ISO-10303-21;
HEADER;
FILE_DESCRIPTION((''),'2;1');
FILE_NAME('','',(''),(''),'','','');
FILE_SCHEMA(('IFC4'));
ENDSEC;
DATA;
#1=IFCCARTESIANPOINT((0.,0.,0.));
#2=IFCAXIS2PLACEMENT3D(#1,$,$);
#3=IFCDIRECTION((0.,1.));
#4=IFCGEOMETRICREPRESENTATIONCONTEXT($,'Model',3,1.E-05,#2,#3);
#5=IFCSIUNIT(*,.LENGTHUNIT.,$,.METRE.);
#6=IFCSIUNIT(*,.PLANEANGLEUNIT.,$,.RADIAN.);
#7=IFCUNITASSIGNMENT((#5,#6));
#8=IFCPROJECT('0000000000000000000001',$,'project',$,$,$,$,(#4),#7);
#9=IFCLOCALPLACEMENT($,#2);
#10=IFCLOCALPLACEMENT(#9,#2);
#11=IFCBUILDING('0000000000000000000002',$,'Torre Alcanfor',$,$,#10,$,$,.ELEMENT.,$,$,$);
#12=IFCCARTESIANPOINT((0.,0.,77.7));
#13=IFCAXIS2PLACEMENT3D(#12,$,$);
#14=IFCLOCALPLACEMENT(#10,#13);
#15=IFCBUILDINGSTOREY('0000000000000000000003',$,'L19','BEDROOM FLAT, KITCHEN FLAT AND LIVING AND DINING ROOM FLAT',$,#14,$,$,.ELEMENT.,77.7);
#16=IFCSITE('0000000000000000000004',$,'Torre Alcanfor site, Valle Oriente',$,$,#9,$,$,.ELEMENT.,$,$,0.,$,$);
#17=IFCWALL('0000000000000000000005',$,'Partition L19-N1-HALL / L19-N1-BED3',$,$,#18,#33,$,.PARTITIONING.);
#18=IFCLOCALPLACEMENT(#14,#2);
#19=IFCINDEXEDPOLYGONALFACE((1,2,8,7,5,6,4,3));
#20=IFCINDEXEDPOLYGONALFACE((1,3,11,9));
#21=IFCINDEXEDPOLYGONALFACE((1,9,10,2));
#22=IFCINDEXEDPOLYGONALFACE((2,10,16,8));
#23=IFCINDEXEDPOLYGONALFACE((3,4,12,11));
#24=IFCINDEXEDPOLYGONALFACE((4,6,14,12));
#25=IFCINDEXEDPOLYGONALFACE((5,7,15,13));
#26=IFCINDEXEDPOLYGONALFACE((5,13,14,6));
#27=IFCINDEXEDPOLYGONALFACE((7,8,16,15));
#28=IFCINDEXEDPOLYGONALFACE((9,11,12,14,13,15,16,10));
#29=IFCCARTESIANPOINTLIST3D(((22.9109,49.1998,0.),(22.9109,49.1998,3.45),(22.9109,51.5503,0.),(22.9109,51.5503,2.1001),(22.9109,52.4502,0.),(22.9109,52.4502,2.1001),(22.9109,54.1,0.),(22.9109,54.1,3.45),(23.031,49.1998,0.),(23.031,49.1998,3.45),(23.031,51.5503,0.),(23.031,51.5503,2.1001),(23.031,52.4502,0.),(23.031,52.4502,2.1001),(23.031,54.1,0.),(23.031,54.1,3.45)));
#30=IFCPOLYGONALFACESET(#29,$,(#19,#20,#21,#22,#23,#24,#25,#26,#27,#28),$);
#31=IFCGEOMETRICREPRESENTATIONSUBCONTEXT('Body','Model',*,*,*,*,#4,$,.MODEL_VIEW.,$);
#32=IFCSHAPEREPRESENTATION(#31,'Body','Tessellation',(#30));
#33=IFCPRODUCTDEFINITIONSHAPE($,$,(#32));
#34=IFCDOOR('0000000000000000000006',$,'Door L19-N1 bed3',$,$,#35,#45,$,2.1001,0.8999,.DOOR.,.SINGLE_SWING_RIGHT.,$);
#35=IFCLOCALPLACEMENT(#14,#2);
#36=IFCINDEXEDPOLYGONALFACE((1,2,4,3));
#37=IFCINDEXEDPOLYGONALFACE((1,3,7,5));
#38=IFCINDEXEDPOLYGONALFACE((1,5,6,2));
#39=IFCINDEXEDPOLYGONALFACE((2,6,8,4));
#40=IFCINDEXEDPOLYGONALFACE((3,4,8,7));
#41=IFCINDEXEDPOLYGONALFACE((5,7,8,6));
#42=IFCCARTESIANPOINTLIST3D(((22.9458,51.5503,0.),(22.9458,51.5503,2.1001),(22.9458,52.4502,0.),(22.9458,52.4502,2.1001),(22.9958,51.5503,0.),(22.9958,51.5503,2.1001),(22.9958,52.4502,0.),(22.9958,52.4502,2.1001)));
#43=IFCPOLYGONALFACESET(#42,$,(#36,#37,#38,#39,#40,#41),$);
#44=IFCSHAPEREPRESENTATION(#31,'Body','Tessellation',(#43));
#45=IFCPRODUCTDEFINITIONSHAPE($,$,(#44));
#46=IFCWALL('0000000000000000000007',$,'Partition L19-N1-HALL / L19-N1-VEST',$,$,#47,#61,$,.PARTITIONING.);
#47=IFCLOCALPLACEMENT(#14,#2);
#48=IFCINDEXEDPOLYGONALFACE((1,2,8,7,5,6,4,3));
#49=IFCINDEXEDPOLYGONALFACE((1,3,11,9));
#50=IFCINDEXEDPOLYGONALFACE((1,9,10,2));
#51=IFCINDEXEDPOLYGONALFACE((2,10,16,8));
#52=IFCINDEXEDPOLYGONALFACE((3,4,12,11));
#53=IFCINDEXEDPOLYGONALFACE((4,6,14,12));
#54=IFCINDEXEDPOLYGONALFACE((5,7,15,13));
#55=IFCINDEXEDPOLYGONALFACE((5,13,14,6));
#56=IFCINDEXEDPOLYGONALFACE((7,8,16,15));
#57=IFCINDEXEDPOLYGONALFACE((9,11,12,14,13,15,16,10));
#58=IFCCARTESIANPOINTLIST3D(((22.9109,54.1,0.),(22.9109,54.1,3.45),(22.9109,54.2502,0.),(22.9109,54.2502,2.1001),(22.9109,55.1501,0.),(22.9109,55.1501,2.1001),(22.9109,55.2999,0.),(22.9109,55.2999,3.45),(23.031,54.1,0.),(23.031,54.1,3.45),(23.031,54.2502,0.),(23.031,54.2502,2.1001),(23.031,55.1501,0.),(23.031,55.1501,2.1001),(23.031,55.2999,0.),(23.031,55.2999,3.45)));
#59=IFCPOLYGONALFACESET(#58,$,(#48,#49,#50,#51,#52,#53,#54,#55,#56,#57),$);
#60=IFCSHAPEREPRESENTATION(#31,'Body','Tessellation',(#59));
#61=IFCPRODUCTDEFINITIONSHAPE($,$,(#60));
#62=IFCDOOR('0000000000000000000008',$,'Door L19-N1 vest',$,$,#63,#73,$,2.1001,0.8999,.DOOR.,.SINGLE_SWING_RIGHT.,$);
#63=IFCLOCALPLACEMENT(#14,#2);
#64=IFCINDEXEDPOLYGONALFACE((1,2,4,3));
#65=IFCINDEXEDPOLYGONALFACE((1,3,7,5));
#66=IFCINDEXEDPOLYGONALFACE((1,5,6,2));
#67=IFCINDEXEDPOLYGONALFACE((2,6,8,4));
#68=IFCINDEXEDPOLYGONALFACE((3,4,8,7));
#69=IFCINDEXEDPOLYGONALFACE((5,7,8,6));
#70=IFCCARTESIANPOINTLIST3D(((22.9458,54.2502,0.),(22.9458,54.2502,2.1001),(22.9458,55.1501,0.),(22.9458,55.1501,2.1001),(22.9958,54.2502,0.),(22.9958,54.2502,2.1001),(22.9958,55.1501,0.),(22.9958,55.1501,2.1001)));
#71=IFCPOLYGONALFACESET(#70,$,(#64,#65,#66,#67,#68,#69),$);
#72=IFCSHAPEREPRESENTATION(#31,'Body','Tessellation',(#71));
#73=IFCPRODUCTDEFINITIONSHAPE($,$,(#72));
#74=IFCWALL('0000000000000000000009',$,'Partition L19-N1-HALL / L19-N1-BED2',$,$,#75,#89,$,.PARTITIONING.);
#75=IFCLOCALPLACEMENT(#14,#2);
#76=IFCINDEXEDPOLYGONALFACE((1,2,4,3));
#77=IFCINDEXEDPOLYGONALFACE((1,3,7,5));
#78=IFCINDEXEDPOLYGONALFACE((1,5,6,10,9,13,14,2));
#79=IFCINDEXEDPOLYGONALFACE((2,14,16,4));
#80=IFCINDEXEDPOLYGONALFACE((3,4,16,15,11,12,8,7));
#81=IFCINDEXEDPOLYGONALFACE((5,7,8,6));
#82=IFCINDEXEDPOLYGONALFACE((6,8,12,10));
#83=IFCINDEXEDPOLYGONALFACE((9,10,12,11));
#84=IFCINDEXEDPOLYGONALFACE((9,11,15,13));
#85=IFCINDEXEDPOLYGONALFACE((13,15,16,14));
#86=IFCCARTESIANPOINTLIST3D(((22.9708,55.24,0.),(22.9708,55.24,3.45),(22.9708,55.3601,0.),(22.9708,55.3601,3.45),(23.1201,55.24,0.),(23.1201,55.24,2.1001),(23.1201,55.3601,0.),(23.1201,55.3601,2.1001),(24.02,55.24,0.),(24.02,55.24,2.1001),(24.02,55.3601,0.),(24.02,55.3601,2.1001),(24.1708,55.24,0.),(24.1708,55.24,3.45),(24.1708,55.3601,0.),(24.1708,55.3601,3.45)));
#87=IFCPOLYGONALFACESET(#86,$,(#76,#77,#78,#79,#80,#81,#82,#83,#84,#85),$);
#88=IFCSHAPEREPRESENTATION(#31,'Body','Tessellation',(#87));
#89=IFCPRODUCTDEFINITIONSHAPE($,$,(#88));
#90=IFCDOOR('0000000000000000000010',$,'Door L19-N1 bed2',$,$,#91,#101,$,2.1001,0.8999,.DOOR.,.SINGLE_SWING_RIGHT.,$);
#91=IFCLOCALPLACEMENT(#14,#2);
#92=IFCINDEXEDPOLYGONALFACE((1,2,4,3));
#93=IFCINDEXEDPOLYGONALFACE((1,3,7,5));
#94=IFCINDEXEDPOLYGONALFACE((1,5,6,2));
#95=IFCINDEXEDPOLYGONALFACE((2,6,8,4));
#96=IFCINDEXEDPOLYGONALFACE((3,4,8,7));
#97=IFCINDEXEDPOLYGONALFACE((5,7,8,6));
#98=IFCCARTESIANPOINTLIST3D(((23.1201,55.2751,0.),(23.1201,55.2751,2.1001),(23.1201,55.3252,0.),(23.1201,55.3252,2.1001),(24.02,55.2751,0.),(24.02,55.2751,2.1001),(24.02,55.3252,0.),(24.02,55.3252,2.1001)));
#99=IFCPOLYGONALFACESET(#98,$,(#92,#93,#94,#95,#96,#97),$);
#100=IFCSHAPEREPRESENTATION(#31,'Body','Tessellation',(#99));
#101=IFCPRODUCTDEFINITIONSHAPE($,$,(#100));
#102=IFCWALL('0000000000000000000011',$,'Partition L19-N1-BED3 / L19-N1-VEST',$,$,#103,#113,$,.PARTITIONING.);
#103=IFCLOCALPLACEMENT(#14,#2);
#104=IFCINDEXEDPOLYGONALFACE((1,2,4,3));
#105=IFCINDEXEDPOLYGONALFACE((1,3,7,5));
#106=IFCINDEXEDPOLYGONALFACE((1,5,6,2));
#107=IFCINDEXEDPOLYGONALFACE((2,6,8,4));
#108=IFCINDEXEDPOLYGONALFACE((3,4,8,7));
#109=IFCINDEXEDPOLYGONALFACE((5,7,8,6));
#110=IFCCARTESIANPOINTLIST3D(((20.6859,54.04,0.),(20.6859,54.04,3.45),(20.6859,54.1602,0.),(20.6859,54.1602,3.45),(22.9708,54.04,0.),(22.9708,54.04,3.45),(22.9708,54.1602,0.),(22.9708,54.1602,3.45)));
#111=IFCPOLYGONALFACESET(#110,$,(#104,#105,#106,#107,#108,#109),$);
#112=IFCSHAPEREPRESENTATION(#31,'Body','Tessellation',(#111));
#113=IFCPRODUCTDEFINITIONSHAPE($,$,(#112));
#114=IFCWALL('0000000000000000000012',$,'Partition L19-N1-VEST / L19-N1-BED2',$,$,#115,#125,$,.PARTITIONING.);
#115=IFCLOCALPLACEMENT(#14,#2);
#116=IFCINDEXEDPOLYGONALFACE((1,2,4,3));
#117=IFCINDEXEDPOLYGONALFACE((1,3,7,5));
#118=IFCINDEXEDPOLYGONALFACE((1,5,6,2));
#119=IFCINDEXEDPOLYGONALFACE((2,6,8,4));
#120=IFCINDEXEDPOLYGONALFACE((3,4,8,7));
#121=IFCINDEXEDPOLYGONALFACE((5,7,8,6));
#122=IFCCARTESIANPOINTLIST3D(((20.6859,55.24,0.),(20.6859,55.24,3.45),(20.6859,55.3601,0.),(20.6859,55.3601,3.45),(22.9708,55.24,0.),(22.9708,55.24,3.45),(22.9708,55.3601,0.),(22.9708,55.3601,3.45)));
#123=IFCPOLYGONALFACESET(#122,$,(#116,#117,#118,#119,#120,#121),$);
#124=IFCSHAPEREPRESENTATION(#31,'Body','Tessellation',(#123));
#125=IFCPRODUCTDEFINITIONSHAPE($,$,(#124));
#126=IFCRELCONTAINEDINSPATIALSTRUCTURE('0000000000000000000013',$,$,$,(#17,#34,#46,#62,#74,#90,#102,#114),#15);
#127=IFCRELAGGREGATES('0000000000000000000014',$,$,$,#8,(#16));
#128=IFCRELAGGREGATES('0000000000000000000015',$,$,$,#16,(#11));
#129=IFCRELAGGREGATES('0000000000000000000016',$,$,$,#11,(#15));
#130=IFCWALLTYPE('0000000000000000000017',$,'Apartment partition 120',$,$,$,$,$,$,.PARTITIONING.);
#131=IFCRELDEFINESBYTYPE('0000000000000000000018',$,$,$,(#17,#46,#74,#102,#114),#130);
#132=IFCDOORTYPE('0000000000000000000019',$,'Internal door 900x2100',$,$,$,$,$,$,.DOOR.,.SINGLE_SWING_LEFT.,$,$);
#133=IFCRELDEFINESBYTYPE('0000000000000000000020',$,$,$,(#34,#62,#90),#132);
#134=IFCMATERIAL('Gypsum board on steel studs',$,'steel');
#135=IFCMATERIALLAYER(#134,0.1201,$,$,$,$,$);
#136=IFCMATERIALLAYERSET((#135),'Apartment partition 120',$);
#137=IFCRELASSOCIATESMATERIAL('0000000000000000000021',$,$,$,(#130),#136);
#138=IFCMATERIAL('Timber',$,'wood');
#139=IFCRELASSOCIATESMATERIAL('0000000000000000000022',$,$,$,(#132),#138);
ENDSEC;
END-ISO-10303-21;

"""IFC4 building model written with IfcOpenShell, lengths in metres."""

from ifc_helpers import new_model, si_unit, direction, frame, frame_2d, origin, place, context, subcontext, project, spatial, rectangle, extrude, material, layer, layer_set, type_object, element, fill, save


model = new_model("IFC4")

# Units and contexts
model_context = context("Model", 3, precision=1e-05, world=origin(), true_north=direction((0.0, 1.0)))
body_context = subcontext(model_context, "Body", "Model", "MODEL_VIEW")
ifc_project = project(units=[si_unit("LENGTHUNIT", "METRE"), si_unit("PLANEANGLEUNIT", "RADIAN")], contexts=[model_context])

# Site, building, storey
site_placement = place(None, origin())
site = spatial("IfcSite", under=ifc_project, at=site_placement, Name="Torre Alcanfor site, Valle Oriente", CompositionType="ELEMENT", RefElevation=0.0)
building_placement = place(site_placement, origin())
building = spatial("IfcBuilding", under=site, at=building_placement, Name="Torre Alcanfor", CompositionType="ELEMENT")
storey_placement = place(building_placement, frame((0.0, 0.0, 77.7)))
storey = spatial("IfcBuildingStorey", under=building, at=storey_placement, Name="L19", Description="BEDROOM FLAT, KITCHEN FLAT AND LIVING AND DINING ROOM FLAT", CompositionType="ELEMENT", Elevation=77.7)

# Shared definitions
ifc_material_1 = material(Name="Gypsum board on steel studs", Category="steel")
ifc_layer_1 = layer(ifc_material_1, 0.1201)
ifc_layer_set_1 = layer_set([ifc_layer_1], Name="Apartment partition 120")
wall_type = type_object("IfcWallType", Name="Apartment partition 120", PredefinedType="PARTITIONING", material=ifc_layer_set_1)
ifc_material_2 = material(Name="Timber", Category="wood")
door_type = type_object("IfcDoorType", Name="Internal door 900x2100", OperationType="SINGLE_SWING_LEFT", PredefinedType="DOOR", material=ifc_material_2)

# Walls, openings, doors
wall_1_placement = place(storey_placement, frame((22.9709, 54.1001, 0.0), z_axis=(0.0, 0.0, 1.0), x_axis=(0.0, -1.0, 0.0)))
wall_1 = element("IfcWall", 1, at=wall_1_placement, inside=storey, type_object=wall_type, Name="Partition L19-N1-HALL / L19-N1-BED3", PredefinedType="PARTITIONING", context=body_context, shape_type="SweptSolid", body=[
    extrude(rectangle(XDim=4.9001, YDim=0.1201, at=frame_2d((2.4502, 0.0))), origin(), (0.0, 0.0, 1.0), 3.45),
])
opening_1_placement = place(wall_1_placement, frame((1.6499, 0.0, 0.0)))
opening_1 = element("IfcOpeningElement", 2, at=opening_1_placement, cuts=wall_1, PredefinedType="OPENING", context=body_context, shape_type="SweptSolid", body=[
    extrude(rectangle(XDim=0.8999, YDim=2.1001, at=frame_2d((0.45, 1.05))), frame((0.0, 0.0701, 0.0), z_axis=(0.0, -1.0, 0.0), x_axis=(1.0, 0.0, 0.0)), (0.0, 0.0, 1.0), 0.1401),
])
door_1_placement = place(opening_1_placement, frame((0.8999, 0.0, 0.0), z_axis=(0.0, 0.0, 1.0), x_axis=(-1.0, 0.0, 0.0)))
door_1 = element("IfcDoor", 3, at=door_1_placement, inside=storey, type_object=door_type, Name="Door L19-N1 bed3", OperationType="SINGLE_SWING_RIGHT", OverallHeight=2.1001, OverallWidth=0.8999, PredefinedType="DOOR", context=body_context, shape_type="SweptSolid", body=[
    extrude(rectangle(XDim=0.8999, YDim=2.1001, at=frame_2d((0.45, 1.05))), frame((0.0, 0.0251, 0.0), z_axis=(0.0, -1.0, 0.0), x_axis=(1.0, 0.0, 0.0)), (0.0, 0.0, 1.0), 0.05),
])
fill(opening_1, door_1)
wall_2_placement = place(storey_placement, frame((22.9709, 55.3, 0.0), z_axis=(0.0, 0.0, 1.0), x_axis=(0.0, -1.0, 0.0)))
wall_2 = element("IfcWall", 4, at=wall_2_placement, inside=storey, type_object=wall_type, Name="Partition L19-N1-HALL / L19-N1-VEST", PredefinedType="PARTITIONING", context=body_context, shape_type="SweptSolid", body=[
    extrude(rectangle(XDim=1.2, YDim=0.1201, at=frame_2d((0.6001, 0.0))), origin(), (0.0, 0.0, 1.0), 3.45),
])
opening_2_placement = place(wall_2_placement, frame((0.1499, 0.0, 0.0)))
opening_2 = element("IfcOpeningElement", 5, at=opening_2_placement, cuts=wall_2, PredefinedType="OPENING", context=body_context, shape_type="SweptSolid", body=[
    extrude(rectangle(XDim=0.8999, YDim=2.1001, at=frame_2d((0.45, 1.05))), frame((0.0, 0.0701, 0.0), z_axis=(0.0, -1.0, 0.0), x_axis=(1.0, 0.0, 0.0)), (0.0, 0.0, 1.0), 0.1401),
])
door_2_placement = place(opening_2_placement, frame((0.8999, 0.0, 0.0), z_axis=(0.0, 0.0, 1.0), x_axis=(-1.0, 0.0, 0.0)))
door_2 = element("IfcDoor", 6, at=door_2_placement, inside=storey, type_object=door_type, Name="Door L19-N1 vest", OperationType="SINGLE_SWING_RIGHT", OverallHeight=2.1001, OverallWidth=0.8999, PredefinedType="DOOR", context=body_context, shape_type="SweptSolid", body=[
    extrude(rectangle(XDim=0.8999, YDim=2.1001, at=frame_2d((0.45, 1.05))), frame((0.0, 0.0251, 0.0), z_axis=(0.0, -1.0, 0.0), x_axis=(1.0, 0.0, 0.0)), (0.0, 0.0, 1.0), 0.05),
])
fill(opening_2, door_2)
wall_3_placement = place(storey_placement, frame((24.1709, 55.3, 0.0), z_axis=(0.0, 0.0, 1.0), x_axis=(-1.0, 0.0, 0.0)))
wall_3 = element("IfcWall", 7, at=wall_3_placement, inside=storey, type_object=wall_type, Name="Partition L19-N1-HALL / L19-N1-BED2", PredefinedType="PARTITIONING", context=body_context, shape_type="SweptSolid", body=[
    extrude(rectangle(XDim=1.2, YDim=0.1201, at=frame_2d((0.6001, 0.0))), origin(), (0.0, 0.0, 1.0), 3.45),
])
opening_3_placement = place(wall_3_placement, frame((0.1509, 0.0, 0.0)))
opening_3 = element("IfcOpeningElement", 8, at=opening_3_placement, cuts=wall_3, PredefinedType="OPENING", context=body_context, shape_type="SweptSolid", body=[
    extrude(rectangle(XDim=0.8999, YDim=2.1001, at=frame_2d((0.45, 1.05))), frame((0.0, 0.0701, 0.0), z_axis=(0.0, -1.0, 0.0), x_axis=(1.0, 0.0, 0.0)), (0.0, 0.0, 1.0), 0.1401),
])
door_3_placement = place(opening_3_placement, frame((0.8999, 0.0, 0.0), z_axis=(0.0, 0.0, 1.0), x_axis=(-1.0, 0.0, 0.0)))
door_3 = element("IfcDoor", 9, at=door_3_placement, inside=storey, type_object=door_type, Name="Door L19-N1 bed2", OperationType="SINGLE_SWING_RIGHT", OverallHeight=2.1001, OverallWidth=0.8999, PredefinedType="DOOR", context=body_context, shape_type="SweptSolid", body=[
    extrude(rectangle(XDim=0.8999, YDim=2.1001, at=frame_2d((0.45, 1.05))), frame((0.0, 0.0251, 0.0), z_axis=(0.0, -1.0, 0.0), x_axis=(1.0, 0.0, 0.0)), (0.0, 0.0, 1.0), 0.05),
])
fill(opening_3, door_3)

# Walls
for number, where, z_axis, x_axis, name in (
    (10, (22.9709, 54.1001, 0.0), (0.0, 0.0, 1.0), (-1.0, 0.0, 0.0), "Partition L19-N1-BED3 / L19-N1-VEST"),
    (11, (22.9709, 55.3, 0.0), (0.0, 0.0, 1.0), (-1.0, 0.0, 0.0), "Partition L19-N1-VEST / L19-N1-BED2"),
):
    element("IfcWall", number, at=place(storey_placement, frame(where, z_axis=z_axis, x_axis=x_axis)), inside=storey, type_object=wall_type, Name=name, PredefinedType="PARTITIONING", context=body_context, shape_type="SweptSolid", body=[
        extrude(rectangle(XDim=2.2849, YDim=0.1201, at=frame_2d((1.1426, 0.0))), origin(), (0.0, 0.0, 1.0), 3.45),
    ])

save(model, "model.ifc")
